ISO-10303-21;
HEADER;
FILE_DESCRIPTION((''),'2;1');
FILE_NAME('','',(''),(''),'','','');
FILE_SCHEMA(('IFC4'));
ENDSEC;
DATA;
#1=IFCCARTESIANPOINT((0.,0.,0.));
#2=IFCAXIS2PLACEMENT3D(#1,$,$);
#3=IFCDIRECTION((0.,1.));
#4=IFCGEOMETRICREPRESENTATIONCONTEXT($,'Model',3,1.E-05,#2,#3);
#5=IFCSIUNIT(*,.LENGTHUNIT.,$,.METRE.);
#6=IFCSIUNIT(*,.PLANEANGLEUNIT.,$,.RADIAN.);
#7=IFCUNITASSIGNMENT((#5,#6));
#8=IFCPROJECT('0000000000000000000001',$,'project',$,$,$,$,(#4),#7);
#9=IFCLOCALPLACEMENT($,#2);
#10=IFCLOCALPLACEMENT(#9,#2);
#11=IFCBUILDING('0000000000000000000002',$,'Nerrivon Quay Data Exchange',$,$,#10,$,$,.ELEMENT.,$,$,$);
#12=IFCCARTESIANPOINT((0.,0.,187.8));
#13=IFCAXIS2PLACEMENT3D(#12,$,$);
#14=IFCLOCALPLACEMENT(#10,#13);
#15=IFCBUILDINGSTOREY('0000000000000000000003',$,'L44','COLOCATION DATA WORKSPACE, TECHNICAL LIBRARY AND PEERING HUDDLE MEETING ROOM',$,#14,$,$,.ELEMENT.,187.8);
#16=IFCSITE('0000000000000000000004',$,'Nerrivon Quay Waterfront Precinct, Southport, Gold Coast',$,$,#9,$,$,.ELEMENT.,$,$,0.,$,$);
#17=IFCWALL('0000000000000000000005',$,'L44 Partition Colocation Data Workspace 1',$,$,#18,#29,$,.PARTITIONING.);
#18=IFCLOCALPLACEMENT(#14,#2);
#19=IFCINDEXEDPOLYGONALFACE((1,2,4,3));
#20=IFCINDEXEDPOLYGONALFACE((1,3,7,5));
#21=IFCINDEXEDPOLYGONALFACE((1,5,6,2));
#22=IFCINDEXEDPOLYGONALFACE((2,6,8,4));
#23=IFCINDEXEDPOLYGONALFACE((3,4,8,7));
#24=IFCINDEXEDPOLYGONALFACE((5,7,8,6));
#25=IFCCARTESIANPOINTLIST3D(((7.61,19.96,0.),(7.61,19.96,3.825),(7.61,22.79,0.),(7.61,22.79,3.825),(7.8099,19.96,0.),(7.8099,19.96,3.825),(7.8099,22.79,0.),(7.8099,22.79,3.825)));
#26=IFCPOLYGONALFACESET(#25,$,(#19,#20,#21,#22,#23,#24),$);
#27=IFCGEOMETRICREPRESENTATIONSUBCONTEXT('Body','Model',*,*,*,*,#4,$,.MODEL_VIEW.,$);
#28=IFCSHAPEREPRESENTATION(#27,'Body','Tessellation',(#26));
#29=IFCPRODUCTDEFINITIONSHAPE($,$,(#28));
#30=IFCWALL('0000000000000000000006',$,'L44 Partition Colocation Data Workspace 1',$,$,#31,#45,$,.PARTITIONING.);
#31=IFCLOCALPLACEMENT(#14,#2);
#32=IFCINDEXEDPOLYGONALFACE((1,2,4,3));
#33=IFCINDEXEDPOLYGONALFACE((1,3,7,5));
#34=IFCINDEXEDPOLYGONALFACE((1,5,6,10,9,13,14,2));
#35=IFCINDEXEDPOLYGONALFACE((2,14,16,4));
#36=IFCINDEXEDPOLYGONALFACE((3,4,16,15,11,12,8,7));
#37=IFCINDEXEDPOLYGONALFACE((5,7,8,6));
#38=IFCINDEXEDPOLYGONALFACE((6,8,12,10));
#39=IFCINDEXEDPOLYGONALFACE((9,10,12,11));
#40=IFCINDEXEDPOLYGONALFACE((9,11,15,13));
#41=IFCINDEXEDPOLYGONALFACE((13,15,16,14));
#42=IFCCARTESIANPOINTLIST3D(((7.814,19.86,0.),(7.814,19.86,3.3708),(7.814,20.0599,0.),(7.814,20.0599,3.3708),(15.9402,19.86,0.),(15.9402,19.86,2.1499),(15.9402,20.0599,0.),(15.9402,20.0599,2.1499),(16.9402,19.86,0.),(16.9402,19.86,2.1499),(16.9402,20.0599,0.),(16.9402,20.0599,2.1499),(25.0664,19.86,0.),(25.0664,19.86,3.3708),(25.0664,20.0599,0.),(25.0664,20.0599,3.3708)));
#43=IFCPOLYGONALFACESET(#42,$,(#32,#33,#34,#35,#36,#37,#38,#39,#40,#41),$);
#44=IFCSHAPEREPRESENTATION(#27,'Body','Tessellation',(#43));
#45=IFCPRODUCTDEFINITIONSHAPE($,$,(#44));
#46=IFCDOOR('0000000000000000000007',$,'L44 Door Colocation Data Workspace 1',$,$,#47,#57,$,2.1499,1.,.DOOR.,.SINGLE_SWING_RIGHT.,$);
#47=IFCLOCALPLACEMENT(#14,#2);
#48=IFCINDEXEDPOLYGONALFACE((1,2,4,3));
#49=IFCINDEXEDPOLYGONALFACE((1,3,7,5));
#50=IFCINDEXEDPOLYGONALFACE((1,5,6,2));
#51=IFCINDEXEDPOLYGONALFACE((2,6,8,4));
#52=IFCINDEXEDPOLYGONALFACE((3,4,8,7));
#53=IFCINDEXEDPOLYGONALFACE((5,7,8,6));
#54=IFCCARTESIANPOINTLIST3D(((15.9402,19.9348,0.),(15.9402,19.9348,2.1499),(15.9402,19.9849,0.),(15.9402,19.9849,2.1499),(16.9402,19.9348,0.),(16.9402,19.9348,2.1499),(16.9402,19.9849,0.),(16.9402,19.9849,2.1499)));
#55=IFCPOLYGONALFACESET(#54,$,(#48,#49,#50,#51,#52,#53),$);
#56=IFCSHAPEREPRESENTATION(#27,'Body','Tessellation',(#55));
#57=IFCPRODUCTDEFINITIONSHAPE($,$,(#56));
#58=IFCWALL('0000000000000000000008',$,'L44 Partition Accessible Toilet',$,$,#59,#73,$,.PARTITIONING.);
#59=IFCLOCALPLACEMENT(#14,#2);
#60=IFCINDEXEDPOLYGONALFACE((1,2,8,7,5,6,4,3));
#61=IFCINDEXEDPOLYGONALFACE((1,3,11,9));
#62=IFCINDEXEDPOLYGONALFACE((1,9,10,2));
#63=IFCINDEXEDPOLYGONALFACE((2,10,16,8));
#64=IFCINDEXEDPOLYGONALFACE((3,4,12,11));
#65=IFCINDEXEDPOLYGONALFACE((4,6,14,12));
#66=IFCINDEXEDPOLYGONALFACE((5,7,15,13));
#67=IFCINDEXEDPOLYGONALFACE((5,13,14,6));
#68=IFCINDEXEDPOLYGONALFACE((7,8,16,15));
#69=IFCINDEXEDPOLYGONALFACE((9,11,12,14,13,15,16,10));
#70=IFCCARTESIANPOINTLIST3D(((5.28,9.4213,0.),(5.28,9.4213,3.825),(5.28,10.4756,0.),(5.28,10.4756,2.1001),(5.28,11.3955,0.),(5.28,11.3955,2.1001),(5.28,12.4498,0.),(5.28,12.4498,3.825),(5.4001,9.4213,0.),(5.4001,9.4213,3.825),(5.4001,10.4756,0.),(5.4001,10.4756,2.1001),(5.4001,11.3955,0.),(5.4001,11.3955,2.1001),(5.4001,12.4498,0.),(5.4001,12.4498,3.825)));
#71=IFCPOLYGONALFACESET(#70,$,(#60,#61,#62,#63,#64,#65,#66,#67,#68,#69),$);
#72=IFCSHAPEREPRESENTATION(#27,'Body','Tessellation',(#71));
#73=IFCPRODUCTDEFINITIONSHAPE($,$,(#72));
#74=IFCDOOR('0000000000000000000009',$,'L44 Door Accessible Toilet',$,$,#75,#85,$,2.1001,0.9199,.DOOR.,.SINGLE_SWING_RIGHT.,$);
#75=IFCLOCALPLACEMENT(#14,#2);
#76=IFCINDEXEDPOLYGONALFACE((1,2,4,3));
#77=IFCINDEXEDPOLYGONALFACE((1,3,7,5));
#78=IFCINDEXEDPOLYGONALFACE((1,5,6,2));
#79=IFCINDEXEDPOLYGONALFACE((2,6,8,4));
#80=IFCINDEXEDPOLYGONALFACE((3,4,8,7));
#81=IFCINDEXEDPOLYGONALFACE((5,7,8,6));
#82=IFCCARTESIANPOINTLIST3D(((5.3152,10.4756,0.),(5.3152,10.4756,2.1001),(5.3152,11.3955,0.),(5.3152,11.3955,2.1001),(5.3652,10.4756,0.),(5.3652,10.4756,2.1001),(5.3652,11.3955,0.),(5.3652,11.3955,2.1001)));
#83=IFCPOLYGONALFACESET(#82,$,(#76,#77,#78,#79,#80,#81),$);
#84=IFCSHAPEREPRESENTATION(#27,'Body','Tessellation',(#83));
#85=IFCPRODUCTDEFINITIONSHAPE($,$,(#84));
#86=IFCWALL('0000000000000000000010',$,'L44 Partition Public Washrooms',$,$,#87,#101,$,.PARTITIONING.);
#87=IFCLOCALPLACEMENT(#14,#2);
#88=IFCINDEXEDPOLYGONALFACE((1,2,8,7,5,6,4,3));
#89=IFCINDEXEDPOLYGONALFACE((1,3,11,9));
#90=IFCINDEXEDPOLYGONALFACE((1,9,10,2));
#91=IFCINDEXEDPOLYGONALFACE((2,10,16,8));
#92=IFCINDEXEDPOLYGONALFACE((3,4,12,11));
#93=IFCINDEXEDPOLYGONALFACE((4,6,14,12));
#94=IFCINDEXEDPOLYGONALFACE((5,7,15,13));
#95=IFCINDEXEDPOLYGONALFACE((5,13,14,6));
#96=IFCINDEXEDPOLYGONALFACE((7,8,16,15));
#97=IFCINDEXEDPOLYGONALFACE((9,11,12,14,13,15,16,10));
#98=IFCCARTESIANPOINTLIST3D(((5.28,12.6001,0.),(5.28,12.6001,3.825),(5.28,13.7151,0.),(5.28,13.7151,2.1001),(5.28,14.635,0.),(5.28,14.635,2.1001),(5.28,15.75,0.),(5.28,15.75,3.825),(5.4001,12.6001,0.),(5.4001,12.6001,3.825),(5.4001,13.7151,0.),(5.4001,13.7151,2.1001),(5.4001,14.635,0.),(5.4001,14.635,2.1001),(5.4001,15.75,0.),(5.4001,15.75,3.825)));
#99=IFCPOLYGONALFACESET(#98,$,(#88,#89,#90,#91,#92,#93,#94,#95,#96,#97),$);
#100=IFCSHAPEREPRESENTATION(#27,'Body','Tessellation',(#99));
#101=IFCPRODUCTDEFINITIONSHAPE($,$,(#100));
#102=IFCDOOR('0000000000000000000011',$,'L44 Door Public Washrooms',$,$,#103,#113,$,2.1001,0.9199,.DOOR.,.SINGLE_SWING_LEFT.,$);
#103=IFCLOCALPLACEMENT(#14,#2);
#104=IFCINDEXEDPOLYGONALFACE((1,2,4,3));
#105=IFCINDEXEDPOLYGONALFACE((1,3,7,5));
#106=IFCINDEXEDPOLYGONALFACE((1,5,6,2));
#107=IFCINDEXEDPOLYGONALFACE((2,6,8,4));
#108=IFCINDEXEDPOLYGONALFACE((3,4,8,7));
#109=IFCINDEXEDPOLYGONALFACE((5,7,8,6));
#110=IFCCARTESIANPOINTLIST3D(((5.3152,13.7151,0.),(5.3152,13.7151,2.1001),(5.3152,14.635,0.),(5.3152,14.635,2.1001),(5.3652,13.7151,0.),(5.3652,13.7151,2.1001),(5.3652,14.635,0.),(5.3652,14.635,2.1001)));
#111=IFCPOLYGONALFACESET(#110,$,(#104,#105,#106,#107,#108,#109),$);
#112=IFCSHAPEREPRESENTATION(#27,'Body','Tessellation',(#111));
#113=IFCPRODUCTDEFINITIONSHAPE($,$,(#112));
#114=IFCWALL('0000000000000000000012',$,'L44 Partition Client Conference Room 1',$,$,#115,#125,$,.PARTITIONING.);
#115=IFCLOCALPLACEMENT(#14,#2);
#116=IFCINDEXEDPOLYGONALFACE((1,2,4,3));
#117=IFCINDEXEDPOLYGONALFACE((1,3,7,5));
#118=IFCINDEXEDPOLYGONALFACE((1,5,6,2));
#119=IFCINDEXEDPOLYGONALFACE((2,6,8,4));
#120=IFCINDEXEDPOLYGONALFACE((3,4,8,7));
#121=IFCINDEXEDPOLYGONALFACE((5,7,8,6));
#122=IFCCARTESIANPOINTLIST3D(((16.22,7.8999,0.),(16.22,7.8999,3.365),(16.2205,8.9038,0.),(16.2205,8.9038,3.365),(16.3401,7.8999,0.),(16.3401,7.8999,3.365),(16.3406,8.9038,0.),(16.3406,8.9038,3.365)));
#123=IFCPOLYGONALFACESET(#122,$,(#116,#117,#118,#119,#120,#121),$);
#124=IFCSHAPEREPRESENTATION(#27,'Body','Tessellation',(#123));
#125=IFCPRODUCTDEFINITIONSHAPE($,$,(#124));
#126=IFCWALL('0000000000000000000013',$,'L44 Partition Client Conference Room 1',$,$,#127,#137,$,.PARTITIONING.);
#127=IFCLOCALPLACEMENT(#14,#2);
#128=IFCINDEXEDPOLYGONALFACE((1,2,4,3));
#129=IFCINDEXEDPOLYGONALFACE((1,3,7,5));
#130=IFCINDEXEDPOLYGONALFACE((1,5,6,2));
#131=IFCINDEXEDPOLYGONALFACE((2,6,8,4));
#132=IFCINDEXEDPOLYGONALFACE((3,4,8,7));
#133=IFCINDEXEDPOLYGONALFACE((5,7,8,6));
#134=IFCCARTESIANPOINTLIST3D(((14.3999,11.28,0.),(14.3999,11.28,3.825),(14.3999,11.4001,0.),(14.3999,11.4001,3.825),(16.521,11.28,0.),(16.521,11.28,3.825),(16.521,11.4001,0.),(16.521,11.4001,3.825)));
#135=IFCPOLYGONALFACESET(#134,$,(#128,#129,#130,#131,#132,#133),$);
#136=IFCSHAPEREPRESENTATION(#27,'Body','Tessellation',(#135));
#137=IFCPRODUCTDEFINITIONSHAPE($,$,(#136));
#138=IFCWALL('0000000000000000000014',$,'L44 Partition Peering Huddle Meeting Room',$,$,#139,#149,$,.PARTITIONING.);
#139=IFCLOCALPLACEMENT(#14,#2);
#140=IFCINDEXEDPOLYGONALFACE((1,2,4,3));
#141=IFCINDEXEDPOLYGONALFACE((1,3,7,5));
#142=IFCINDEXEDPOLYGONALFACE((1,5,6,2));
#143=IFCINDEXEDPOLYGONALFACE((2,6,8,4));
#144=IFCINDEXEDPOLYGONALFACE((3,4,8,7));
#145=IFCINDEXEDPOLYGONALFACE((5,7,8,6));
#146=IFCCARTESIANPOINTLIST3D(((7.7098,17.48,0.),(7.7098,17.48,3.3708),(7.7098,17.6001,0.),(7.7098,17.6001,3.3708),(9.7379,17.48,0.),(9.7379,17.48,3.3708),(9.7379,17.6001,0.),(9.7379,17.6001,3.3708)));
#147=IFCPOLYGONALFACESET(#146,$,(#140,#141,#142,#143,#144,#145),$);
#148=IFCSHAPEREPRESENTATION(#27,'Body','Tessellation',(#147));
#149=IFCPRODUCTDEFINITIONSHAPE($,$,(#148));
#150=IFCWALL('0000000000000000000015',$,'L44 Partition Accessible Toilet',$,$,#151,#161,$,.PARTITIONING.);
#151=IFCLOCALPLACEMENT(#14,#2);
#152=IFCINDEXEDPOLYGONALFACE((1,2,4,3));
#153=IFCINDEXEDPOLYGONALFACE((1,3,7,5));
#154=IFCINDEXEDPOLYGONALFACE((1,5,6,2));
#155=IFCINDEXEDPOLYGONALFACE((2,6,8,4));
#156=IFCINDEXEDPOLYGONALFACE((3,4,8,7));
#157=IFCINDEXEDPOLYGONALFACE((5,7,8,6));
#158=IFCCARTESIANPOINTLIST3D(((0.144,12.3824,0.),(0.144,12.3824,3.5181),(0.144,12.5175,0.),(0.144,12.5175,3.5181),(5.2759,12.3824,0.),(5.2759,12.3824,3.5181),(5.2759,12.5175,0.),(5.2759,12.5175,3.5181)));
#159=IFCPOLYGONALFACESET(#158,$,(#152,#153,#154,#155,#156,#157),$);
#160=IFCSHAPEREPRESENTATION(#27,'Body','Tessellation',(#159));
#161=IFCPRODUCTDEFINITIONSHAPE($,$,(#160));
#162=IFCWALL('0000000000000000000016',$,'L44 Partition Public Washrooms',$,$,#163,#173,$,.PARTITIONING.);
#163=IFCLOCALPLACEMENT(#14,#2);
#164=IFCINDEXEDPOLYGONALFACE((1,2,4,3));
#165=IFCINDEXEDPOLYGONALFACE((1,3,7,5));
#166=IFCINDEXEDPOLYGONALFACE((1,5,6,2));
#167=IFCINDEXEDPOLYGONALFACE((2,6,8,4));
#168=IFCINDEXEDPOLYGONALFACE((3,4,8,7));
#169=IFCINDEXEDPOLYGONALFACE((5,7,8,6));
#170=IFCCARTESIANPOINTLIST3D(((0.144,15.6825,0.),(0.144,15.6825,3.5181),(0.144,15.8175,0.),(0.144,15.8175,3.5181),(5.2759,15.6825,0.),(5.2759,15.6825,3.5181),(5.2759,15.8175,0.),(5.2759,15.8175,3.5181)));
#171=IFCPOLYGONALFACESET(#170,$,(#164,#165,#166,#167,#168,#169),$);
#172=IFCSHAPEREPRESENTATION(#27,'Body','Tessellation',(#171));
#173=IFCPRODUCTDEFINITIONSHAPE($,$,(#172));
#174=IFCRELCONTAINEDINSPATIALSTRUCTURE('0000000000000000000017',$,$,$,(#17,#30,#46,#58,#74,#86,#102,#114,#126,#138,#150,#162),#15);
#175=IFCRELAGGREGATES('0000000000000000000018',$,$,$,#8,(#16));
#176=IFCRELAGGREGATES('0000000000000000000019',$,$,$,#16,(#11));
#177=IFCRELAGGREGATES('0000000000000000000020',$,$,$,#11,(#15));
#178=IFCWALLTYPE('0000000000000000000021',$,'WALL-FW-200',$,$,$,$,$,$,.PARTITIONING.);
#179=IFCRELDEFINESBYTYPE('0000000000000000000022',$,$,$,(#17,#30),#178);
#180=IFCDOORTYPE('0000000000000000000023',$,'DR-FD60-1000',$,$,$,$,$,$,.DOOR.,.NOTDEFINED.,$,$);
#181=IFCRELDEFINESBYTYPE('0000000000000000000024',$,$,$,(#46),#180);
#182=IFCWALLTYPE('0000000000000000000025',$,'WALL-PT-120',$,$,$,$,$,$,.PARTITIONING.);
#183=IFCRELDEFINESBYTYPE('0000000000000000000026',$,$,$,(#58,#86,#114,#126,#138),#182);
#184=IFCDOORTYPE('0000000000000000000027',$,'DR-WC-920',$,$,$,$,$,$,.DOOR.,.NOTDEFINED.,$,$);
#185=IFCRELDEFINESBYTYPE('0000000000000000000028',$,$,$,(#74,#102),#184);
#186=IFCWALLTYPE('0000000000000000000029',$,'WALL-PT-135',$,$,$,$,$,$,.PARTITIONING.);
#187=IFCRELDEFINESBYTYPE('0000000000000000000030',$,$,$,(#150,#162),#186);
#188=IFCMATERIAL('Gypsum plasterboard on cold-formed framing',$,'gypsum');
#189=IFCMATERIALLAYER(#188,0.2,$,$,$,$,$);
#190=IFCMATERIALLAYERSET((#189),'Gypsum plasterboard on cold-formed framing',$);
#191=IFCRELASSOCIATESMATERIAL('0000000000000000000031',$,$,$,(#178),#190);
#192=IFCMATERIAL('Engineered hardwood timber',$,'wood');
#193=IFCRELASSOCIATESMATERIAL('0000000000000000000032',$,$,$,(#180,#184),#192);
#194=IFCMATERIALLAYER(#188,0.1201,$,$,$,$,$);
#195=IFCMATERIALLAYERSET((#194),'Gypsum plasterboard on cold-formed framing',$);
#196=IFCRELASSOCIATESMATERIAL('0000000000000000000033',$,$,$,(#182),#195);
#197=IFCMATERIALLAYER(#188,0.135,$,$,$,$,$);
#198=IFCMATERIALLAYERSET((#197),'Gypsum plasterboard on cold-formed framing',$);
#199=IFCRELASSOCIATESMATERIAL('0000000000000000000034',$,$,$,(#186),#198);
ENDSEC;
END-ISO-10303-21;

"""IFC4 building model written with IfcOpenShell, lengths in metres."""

from ifc_helpers import new_model, si_unit, direction, frame, frame_2d, origin, place, context, subcontext, project, spatial, rectangle, extrude, material, layer, layer_set, type_object, element, fill, save


model = new_model("IFC4")

# Units and contexts
model_context = context("Model", 3, precision=1e-05, world=origin(), true_north=direction((0.0, 1.0)))
body_context = subcontext(model_context, "Body", "Model", "MODEL_VIEW")
ifc_project = project(units=[si_unit("LENGTHUNIT", "METRE"), si_unit("PLANEANGLEUNIT", "RADIAN")], contexts=[model_context])

# Site, building, storey
site_placement = place(None, origin())
site = spatial("IfcSite", under=ifc_project, at=site_placement, Name="Nerrivon Quay Waterfront Precinct, Southport, Gold Coast", CompositionType="ELEMENT", RefElevation=0.0)
building_placement = place(site_placement, origin())
building = spatial("IfcBuilding", under=site, at=building_placement, Name="Nerrivon Quay Data Exchange", CompositionType="ELEMENT")
storey_placement = place(building_placement, frame((0.0, 0.0, 187.8)))
storey = spatial("IfcBuildingStorey", under=building, at=storey_placement, Name="L44", Description="COLOCATION DATA WORKSPACE, TECHNICAL LIBRARY AND PEERING HUDDLE MEETING ROOM", CompositionType="ELEMENT", Elevation=187.8)

# Wall
ifc_material_1 = material(Name="Gypsum plasterboard on cold-formed framing", Category="gypsum")
ifc_layer_1 = layer(ifc_material_1, 0.2)
ifc_layer_set_1 = layer_set([ifc_layer_1], Name="Gypsum plasterboard on cold-formed framing")
wall_type_1 = type_object("IfcWallType", Name="WALL-FW-200", PredefinedType="PARTITIONING", material=ifc_layer_set_1)
wall_1_placement = place(storey_placement, frame((7.71, 22.79, 0.0), z_axis=(0.0, 0.0, 1.0), x_axis=(0.0, -1.0, 0.0)))
element("IfcWall", 1, at=wall_1_placement, inside=storey, type_object=wall_type_1, Name="L44 Partition Colocation Data Workspace 1", PredefinedType="PARTITIONING", context=body_context, shape_type="SweptSolid", body=[
    extrude(rectangle(XDim=2.8301, YDim=0.2, at=frame_2d((1.415, 0.0))), origin(), (0.0, 0.0, 1.0), 3.825),
])

# Walls, openings, doors
wall_2_placement = place(storey_placement, frame((7.814, 19.96, 0.0), z_axis=(0.0, 0.0, 1.0), x_axis=(1.0, 0.0, 0.0)))
wall_2 = element("IfcWall", 2, at=wall_2_placement, inside=storey, type_object=wall_type_1, Name="L44 Partition Colocation Data Workspace 1", PredefinedType="PARTITIONING", context=body_context, shape_type="SweptSolid", body=[
    extrude(rectangle(XDim=17.2524, YDim=0.2, at=frame_2d((8.6262, 0.0))), origin(), (0.0, 0.0, 1.0), 3.3708),
])
opening_1_placement = place(wall_2_placement, frame((8.1262, 0.0, 0.0)))
opening_1 = element("IfcOpeningElement", 3, at=opening_1_placement, cuts=wall_2, PredefinedType="OPENING", context=body_context, shape_type="SweptSolid", body=[
    extrude(rectangle(XDim=1.0, YDim=2.1499, at=frame_2d((0.5, 1.075))), frame((0.0, 0.1099, 0.0), z_axis=(0.0, -1.0, 0.0), x_axis=(1.0, 0.0, 0.0)), (0.0, 0.0, 1.0), 0.22),
])
ifc_material_2 = material(Name="Engineered hardwood timber", Category="wood")
door_type_1 = type_object("IfcDoorType", Name="DR-FD60-1000", OperationType="NOTDEFINED", PredefinedType="DOOR", material=ifc_material_2)
door_1_placement = place(opening_1_placement, origin())
door_1 = element("IfcDoor", 4, at=door_1_placement, inside=storey, type_object=door_type_1, Name="L44 Door Colocation Data Workspace 1", OperationType="SINGLE_SWING_RIGHT", OverallHeight=2.1499, OverallWidth=1.0, PredefinedType="DOOR", context=body_context, shape_type="SweptSolid", body=[
    extrude(rectangle(XDim=1.0, YDim=2.1499, at=frame_2d((0.5, 1.075))), frame((0.0, 0.0249, 0.0), z_axis=(0.0, -1.0, 0.0), x_axis=(1.0, 0.0, 0.0)), (0.0, 0.0, 1.0), 0.05),
])
fill(opening_1, door_1)
ifc_layer_2 = layer(ifc_material_1, 0.1201)
ifc_layer_set_2 = layer_set([ifc_layer_2], Name="Gypsum plasterboard on cold-formed framing")
wall_type_2 = type_object("IfcWallType", Name="WALL-PT-120", PredefinedType="PARTITIONING", material=ifc_layer_set_2)
wall_3_placement = place(storey_placement, frame((5.3401, 9.4214, 0.0), z_axis=(0.0, 0.0, 1.0), x_axis=(0.0, 1.0, 0.0)))
wall_3 = element("IfcWall", 5, at=wall_3_placement, inside=storey, type_object=wall_type_2, Name="L44 Partition Accessible Toilet", PredefinedType="PARTITIONING", context=body_context, shape_type="SweptSolid", body=[
    extrude(rectangle(XDim=3.0286, YDim=0.1201, at=frame_2d((1.5142, 0.0))), origin(), (0.0, 0.0, 1.0), 3.825),
])
opening_2_placement = place(wall_3_placement, frame((1.0542, 0.0, 0.0)))
opening_2 = element("IfcOpeningElement", 6, at=opening_2_placement, cuts=wall_3, PredefinedType="OPENING", context=body_context, shape_type="SweptSolid", body=[
    extrude(rectangle(XDim=0.9199, YDim=2.1001, at=frame_2d((0.46, 1.05))), frame((0.0, 0.0701, 0.0), z_axis=(0.0, -1.0, 0.0), x_axis=(1.0, 0.0, 0.0)), (0.0, 0.0, 1.0), 0.1401),
])
door_type_2 = type_object("IfcDoorType", Name="DR-WC-920", OperationType="NOTDEFINED", PredefinedType="DOOR", material=ifc_material_2)
door_2_placement = place(opening_2_placement, origin())
door_2 = element("IfcDoor", 7, at=door_2_placement, inside=storey, type_object=door_type_2, Name="L44 Door Accessible Toilet", OperationType="SINGLE_SWING_RIGHT", OverallHeight=2.1001, OverallWidth=0.9199, PredefinedType="DOOR", context=body_context, shape_type="SweptSolid", body=[
    extrude(rectangle(XDim=0.9199, YDim=2.1001, at=frame_2d((0.46, 1.05))), frame((0.0, 0.0249, 0.0), z_axis=(0.0, -1.0, 0.0), x_axis=(1.0, 0.0, 0.0)), (0.0, 0.0, 1.0), 0.05),
])
fill(opening_2, door_2)
wall_4_placement = place(storey_placement, frame((5.3401, 12.6001, 0.0), z_axis=(0.0, 0.0, 1.0), x_axis=(0.0, 1.0, 0.0)))
wall_4 = element("IfcWall", 8, at=wall_4_placement, inside=storey, type_object=wall_type_2, Name="L44 Partition Public Washrooms", PredefinedType="PARTITIONING", context=body_context, shape_type="SweptSolid", body=[
    extrude(rectangle(XDim=3.1499, YDim=0.1201, at=frame_2d((1.575, 0.0))), origin(), (0.0, 0.0, 1.0), 3.825),
])
opening_3_placement = place(wall_4_placement, frame((1.115, 0.0, 0.0)))
opening_3 = element("IfcOpeningElement", 9, at=opening_3_placement, cuts=wall_4, PredefinedType="OPENING", context=body_context, shape_type="SweptSolid", body=[
    extrude(rectangle(XDim=0.9199, YDim=2.1001, at=frame_2d((0.46, 1.05))), frame((0.0, 0.0701, 0.0), z_axis=(0.0, -1.0, 0.0), x_axis=(1.0, 0.0, 0.0)), (0.0, 0.0, 1.0), 0.1401),
])
door_3_placement = place(opening_3_placement, origin())
door_3 = element("IfcDoor", 10, at=door_3_placement, inside=storey, type_object=door_type_2, Name="L44 Door Public Washrooms", OperationType="SINGLE_SWING_LEFT", OverallHeight=2.1001, OverallWidth=0.9199, PredefinedType="DOOR", context=body_context, shape_type="SweptSolid", body=[
    extrude(rectangle(XDim=0.9199, YDim=2.1001, at=frame_2d((0.46, 1.05))), frame((0.0, 0.0249, 0.0), z_axis=(0.0, -1.0, 0.0), x_axis=(1.0, 0.0, 0.0)), (0.0, 0.0, 1.0), 0.05),
])
fill(opening_3, door_3)

# Walls
wall_5_placement = place(storey_placement, frame((16.28, 7.8999, 0.0), z_axis=(0.0, 0.0, 1.0), x_axis=(0.000486, 1.0, 0.0)))
element("IfcWall", 11, at=wall_5_placement, inside=storey, type_object=wall_type_2, Name="L44 Partition Client Conference Room 1", PredefinedType="PARTITIONING", context=body_context, shape_type="SweptSolid", body=[
    extrude(rectangle(XDim=1.0039, YDim=0.1201, at=frame_2d((0.502, 0.0))), origin(), (0.0, 0.0, 1.0), 3.365),
])
wall_6_placement = place(storey_placement, frame((16.521, 11.3401, 0.0), z_axis=(0.0, 0.0, 1.0), x_axis=(-1.0, 0.0, 0.0)))
element("IfcWall", 12, at=wall_6_placement, inside=storey, type_object=wall_type_2, Name="L44 Partition Client Conference Room 1", PredefinedType="PARTITIONING", context=body_context, shape_type="SweptSolid", body=[
    extrude(rectangle(XDim=2.1211, YDim=0.1201, at=frame_2d((1.0605, 0.0))), origin(), (0.0, 0.0, 1.0), 3.825),
])
wall_7_placement = place(storey_placement, frame((9.738, 17.54, 0.0), z_axis=(0.0, 0.0, 1.0), x_axis=(-1.0, 0.0, 0.0)))
element("IfcWall", 13, at=wall_7_placement, inside=storey, type_object=wall_type_2, Name="L44 Partition Peering Huddle Meeting Room", PredefinedType="PARTITIONING", context=body_context, shape_type="SweptSolid", body=[
    extrude(rectangle(XDim=2.0281, YDim=0.1201, at=frame_2d((1.0142, 0.0))), origin(), (0.0, 0.0, 1.0), 3.3708),
])
ifc_layer_3 = layer(ifc_material_1, 0.135)
ifc_layer_set_3 = layer_set([ifc_layer_3], Name="Gypsum plasterboard on cold-formed framing")
wall_type_3 = type_object("IfcWallType", Name="WALL-PT-135", PredefinedType="PARTITIONING", material=ifc_layer_set_3)
for number, where, z_axis, x_axis, name in (
    (14, (5.2759, 12.45, 0.0), (0.0, 0.0, 1.0), (-1.0, 0.0, 0.0), "L44 Partition Accessible Toilet"),
    (15, (5.2759, 15.75, 0.0), (0.0, 0.0, 1.0), (-1.0, 0.0, 0.0), "L44 Partition Public Washrooms"),
):
    element("IfcWall", number, at=place(storey_placement, frame(where, z_axis=z_axis, x_axis=x_axis)), inside=storey, type_object=wall_type_3, Name=name, PredefinedType="PARTITIONING", context=body_context, shape_type="SweptSolid", body=[
        extrude(rectangle(XDim=5.1318, YDim=0.135, at=frame_2d((2.5659, 0.0))), origin(), (0.0, 0.0, 1.0), 3.5181),
    ])

save(model, "model.ifc")
